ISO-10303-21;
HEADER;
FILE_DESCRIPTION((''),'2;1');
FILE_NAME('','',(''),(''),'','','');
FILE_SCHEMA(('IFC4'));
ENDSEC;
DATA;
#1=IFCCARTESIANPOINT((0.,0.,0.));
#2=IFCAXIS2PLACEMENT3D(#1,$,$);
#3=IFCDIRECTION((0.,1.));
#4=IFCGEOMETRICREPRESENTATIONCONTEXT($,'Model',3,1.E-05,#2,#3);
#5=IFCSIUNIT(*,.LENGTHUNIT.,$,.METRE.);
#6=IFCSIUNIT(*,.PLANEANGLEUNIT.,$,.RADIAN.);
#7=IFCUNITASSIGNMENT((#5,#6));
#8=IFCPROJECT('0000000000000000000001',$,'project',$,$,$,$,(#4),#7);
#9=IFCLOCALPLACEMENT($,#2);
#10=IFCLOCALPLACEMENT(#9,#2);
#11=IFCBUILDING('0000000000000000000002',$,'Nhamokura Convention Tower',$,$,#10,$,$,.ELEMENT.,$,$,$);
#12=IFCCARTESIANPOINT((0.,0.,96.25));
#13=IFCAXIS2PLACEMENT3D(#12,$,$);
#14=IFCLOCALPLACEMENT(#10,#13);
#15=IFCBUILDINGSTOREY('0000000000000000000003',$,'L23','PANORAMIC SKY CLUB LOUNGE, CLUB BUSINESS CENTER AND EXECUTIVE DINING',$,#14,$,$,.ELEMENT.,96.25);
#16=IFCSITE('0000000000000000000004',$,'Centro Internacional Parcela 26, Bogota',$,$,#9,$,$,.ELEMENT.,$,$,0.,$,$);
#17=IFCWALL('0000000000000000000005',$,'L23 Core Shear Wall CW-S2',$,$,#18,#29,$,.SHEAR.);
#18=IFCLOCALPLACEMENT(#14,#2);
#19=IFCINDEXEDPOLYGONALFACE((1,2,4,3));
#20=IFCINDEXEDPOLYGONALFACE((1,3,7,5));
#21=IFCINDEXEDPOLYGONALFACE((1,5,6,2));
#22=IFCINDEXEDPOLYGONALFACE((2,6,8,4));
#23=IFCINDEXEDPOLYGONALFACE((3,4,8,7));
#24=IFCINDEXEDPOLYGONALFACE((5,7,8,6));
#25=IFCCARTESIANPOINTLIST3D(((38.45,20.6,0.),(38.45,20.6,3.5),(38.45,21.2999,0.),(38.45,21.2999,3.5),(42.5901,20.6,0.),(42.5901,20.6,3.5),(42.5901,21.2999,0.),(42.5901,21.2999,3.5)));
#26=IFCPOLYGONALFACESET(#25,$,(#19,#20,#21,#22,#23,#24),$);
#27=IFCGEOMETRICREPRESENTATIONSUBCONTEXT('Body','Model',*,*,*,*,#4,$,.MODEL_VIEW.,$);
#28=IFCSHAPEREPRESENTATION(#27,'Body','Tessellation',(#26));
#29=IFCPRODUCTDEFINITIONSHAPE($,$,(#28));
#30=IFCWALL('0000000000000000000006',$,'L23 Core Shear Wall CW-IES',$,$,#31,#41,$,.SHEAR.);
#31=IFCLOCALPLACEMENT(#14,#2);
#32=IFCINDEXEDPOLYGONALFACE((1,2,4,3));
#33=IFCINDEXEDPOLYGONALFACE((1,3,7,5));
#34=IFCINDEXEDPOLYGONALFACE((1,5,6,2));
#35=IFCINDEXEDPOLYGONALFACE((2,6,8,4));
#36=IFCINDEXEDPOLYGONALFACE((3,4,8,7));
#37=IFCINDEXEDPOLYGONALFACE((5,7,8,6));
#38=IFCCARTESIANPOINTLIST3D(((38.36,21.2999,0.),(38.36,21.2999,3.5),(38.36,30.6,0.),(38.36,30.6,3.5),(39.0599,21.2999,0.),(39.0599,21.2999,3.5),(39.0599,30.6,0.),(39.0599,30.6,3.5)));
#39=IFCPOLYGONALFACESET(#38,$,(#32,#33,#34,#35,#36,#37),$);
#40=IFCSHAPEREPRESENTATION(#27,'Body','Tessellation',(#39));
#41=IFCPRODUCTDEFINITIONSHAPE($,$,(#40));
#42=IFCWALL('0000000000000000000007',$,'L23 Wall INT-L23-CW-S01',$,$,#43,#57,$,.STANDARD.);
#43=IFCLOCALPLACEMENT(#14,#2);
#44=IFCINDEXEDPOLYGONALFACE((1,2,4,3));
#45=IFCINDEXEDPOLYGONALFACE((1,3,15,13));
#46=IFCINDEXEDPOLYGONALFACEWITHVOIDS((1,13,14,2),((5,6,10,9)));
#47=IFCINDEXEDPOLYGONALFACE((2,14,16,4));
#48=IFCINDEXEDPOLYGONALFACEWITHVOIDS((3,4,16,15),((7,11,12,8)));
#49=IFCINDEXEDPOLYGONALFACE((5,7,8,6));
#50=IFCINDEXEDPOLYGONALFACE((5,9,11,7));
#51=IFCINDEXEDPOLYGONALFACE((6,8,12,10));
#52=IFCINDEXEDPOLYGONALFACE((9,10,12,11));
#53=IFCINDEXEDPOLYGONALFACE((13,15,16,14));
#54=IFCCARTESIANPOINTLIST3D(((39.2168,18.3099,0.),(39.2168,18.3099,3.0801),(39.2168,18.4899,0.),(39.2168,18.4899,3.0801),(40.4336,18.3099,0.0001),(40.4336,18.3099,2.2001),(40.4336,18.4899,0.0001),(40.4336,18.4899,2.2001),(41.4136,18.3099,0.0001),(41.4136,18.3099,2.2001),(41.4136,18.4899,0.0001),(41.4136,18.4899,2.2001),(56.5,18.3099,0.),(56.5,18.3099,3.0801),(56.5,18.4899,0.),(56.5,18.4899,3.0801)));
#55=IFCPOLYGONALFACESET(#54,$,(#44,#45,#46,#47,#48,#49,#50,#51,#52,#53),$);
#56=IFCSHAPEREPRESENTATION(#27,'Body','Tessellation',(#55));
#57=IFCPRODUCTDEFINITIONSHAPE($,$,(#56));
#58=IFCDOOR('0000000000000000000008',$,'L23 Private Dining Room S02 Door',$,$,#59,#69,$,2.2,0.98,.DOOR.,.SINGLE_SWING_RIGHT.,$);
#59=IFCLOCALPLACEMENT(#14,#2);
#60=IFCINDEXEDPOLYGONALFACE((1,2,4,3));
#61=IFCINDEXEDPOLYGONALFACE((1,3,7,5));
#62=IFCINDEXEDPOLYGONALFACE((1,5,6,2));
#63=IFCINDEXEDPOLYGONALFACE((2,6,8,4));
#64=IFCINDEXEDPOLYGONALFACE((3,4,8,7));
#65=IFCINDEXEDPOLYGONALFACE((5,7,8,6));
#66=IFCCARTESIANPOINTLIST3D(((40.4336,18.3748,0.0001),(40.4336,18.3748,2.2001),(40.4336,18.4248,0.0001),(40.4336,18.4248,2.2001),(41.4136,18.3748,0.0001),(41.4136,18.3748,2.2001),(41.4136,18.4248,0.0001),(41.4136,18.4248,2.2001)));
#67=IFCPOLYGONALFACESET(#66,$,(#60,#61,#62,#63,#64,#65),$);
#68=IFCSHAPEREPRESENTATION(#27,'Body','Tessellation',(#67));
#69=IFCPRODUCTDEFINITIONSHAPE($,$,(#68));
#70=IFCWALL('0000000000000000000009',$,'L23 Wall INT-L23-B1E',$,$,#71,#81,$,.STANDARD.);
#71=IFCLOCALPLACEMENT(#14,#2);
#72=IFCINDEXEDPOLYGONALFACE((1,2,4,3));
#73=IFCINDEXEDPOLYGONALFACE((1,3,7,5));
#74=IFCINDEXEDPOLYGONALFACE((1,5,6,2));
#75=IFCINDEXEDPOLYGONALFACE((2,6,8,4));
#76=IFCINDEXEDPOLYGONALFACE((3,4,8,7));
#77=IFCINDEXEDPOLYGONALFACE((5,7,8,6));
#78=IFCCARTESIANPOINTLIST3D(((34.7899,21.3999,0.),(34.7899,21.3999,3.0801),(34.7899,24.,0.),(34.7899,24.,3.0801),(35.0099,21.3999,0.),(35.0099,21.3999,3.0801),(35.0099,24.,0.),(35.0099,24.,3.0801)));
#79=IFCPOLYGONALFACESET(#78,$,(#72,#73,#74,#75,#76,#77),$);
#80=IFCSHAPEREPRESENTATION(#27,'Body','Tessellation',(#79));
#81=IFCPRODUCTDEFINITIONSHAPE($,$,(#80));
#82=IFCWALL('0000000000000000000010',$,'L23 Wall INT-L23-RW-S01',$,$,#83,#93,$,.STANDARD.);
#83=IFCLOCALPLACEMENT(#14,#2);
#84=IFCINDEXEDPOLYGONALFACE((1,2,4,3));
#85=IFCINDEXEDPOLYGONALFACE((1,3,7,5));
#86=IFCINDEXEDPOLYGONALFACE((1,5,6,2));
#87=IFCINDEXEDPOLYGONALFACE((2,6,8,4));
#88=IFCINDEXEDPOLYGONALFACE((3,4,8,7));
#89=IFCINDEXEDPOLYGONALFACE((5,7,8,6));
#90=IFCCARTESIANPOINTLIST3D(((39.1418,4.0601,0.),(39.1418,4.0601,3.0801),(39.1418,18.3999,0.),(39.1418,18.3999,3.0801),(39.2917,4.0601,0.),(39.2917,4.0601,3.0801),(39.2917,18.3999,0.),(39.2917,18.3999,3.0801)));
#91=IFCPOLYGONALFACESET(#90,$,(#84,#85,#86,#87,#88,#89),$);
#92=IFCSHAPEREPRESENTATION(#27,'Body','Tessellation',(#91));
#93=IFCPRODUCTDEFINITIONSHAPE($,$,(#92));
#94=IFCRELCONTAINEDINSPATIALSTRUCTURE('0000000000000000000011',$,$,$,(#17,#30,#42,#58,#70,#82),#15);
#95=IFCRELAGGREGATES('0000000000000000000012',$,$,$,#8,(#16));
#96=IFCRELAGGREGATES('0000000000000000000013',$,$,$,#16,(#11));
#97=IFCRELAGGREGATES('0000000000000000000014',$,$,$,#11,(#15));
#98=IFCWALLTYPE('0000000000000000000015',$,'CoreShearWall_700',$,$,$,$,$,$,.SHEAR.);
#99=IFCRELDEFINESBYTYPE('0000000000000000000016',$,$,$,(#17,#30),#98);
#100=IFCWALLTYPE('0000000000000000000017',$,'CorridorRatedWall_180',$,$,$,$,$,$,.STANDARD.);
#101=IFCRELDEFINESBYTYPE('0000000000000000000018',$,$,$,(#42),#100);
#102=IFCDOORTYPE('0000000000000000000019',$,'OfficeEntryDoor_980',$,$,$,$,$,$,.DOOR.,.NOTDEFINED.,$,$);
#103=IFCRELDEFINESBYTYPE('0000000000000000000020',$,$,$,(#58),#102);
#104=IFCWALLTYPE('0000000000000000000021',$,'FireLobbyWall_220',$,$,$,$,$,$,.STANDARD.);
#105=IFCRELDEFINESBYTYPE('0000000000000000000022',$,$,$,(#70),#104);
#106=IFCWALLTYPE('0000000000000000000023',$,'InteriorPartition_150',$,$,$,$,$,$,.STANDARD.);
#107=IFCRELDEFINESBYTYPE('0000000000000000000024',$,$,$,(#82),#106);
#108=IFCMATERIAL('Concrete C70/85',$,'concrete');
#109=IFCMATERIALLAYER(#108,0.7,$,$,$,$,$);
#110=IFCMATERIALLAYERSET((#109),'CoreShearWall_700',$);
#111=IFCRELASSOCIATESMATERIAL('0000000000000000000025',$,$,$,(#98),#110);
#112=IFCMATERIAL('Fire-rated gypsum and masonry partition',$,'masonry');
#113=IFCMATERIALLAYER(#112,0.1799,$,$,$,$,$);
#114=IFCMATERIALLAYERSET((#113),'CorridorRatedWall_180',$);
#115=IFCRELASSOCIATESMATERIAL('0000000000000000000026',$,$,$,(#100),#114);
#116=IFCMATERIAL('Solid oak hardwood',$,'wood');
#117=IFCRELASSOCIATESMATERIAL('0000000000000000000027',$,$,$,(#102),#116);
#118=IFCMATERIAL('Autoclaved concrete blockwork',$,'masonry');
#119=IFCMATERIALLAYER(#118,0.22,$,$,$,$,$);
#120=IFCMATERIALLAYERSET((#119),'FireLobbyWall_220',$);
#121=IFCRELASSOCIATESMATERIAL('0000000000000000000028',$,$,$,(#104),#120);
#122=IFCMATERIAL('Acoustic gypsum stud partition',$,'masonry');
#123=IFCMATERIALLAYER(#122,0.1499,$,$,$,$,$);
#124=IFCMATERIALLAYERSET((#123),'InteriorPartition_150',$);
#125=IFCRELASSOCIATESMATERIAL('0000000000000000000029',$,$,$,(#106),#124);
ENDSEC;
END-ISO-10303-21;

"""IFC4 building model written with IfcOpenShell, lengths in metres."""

from ifc_helpers import new_model, si_unit, direction, frame, frame_2d, origin, place, context, subcontext, project, spatial, rectangle, extrude, material, layer, layer_set, type_object, element, fill, save


model = new_model("IFC4")

# Units and contexts
model_context = context("Model", 3, precision=1e-05, world=origin(), true_north=direction((0.0, 1.0)))
body_context = subcontext(model_context, "Body", "Model", "MODEL_VIEW")
ifc_project = project(units=[si_unit("LENGTHUNIT", "METRE"), si_unit("PLANEANGLEUNIT", "RADIAN")], contexts=[model_context])

# Site, building, storey
site_placement = place(None, origin())
site = spatial("IfcSite", under=ifc_project, at=site_placement, Name="Centro Internacional Parcela 26, Bogota", CompositionType="ELEMENT", RefElevation=0.0)
building_placement = place(site_placement, origin())
building = spatial("IfcBuilding", under=site, at=building_placement, Name="Nhamokura Convention Tower", CompositionType="ELEMENT")
storey_placement = place(building_placement, frame((0.0, 0.0, 96.25)))
storey = spatial("IfcBuildingStorey", under=building, at=storey_placement, Name="L23", Description="PANORAMIC SKY CLUB LOUNGE, CLUB BUSINESS CENTER AND EXECUTIVE DINING", CompositionType="ELEMENT", Elevation=96.25)

# Walls
ifc_material_1 = material(Name="Concrete C70/85", Category="concrete")
ifc_layer_1 = layer(ifc_material_1, 0.7)
ifc_layer_set_1 = layer_set([ifc_layer_1], Name="CoreShearWall_700")
wall_type_1 = type_object("IfcWallType", Name="CoreShearWall_700", PredefinedType="SHEAR", material=ifc_layer_set_1)
wall_1_placement = place(storey_placement, frame((38.45, 20.95, 0.0), z_axis=(0.0, 0.0, 1.0), x_axis=(1.0, 0.0, 0.0)))
element("IfcWall", 1, at=wall_1_placement, inside=storey, type_object=wall_type_1, Name="L23 Core Shear Wall CW-S2", PredefinedType="SHEAR", context=body_context, shape_type="SweptSolid", body=[
    extrude(rectangle(XDim=4.1401, YDim=0.7, at=frame_2d((2.0701, 0.0))), origin(), (0.0, 0.0, 1.0), 3.5),
])
wall_2_placement = place(storey_placement, frame((38.71, 21.3, 0.0), z_axis=(0.0, 0.0, 1.0), x_axis=(0.0, 1.0, 0.0)))
element("IfcWall", 2, at=wall_2_placement, inside=storey, type_object=wall_type_1, Name="L23 Core Shear Wall CW-IES", PredefinedType="SHEAR", context=body_context, shape_type="SweptSolid", body=[
    extrude(rectangle(XDim=9.3, YDim=0.7, at=frame_2d((4.6499, 0.0))), origin(), (0.0, 0.0, 1.0), 3.5),
])

# Wall, opening, door
ifc_material_2 = material(Name="Fire-rated gypsum and masonry partition", Category="masonry")
ifc_layer_2 = layer(ifc_material_2, 0.1799)
ifc_layer_set_2 = layer_set([ifc_layer_2], Name="CorridorRatedWall_180")
wall_type_2 = type_object("IfcWallType", Name="CorridorRatedWall_180", PredefinedType="STANDARD", material=ifc_layer_set_2)
wall_3_placement = place(storey_placement, frame((39.2168, 18.3999, 0.0), z_axis=(0.0, 0.0, 1.0), x_axis=(1.0, 0.0, 0.0)))
wall_3 = element("IfcWall", 3, at=wall_3_placement, inside=storey, type_object=wall_type_2, Name="L23 Wall INT-L23-CW-S01", PredefinedType="STANDARD", context=body_context, shape_type="SweptSolid", body=[
    extrude(rectangle(XDim=17.2832, YDim=0.1799, at=frame_2d((8.6416, 0.0))), origin(), (0.0, 0.0, 1.0), 3.0801),
])
opening_1_placement = place(wall_3_placement, frame((1.2168, 0.0, 0.0)))
opening_1 = element("IfcOpeningElement", 4, at=opening_1_placement, cuts=wall_3, PredefinedType="OPENING", context=body_context, shape_type="SweptSolid", body=[
    extrude(rectangle(XDim=0.98, YDim=2.2, at=frame_2d((0.49, 1.1001))), frame((0.0, 0.0999, 0.0), z_axis=(0.0, -1.0, 0.0), x_axis=(1.0, 0.0, 0.0)), (0.0, 0.0, 1.0), 0.2),
])
ifc_material_3 = material(Name="Solid oak hardwood", Category="wood")
door_type_1 = type_object("IfcDoorType", Name="OfficeEntryDoor_980", OperationType="NOTDEFINED", PredefinedType="DOOR", material=ifc_material_3)
door_1_placement = place(opening_1_placement, origin())
door_1 = element("IfcDoor", 5, at=door_1_placement, inside=storey, type_object=door_type_1, Name="L23 Private Dining Room S02 Door", OperationType="SINGLE_SWING_RIGHT", OverallHeight=2.2, OverallWidth=0.98, PredefinedType="DOOR", context=body_context, shape_type="SweptSolid", body=[
    extrude(rectangle(XDim=0.98, YDim=2.2, at=frame_2d((0.49, 1.1001))), frame((0.0, 0.0249, 0.0), z_axis=(0.0, -1.0, 0.0), x_axis=(1.0, 0.0, 0.0)), (0.0, 0.0, 1.0), 0.05),
])
fill(opening_1, door_1)
ifc_material_4 = material(Name="Autoclaved concrete blockwork", Category="masonry")
ifc_layer_3 = layer(ifc_material_4, 0.22)
ifc_layer_set_3 = layer_set([ifc_layer_3], Name="FireLobbyWall_220")
wall_type_3 = type_object("IfcWallType", Name="FireLobbyWall_220", PredefinedType="STANDARD", material=ifc_layer_set_3)

# Walls
wall_4_placement = place(storey_placement, frame((34.8999, 21.3999, 0.0), z_axis=(0.0, 0.0, 1.0), x_axis=(0.0, 1.0, 0.0)))
element("IfcWall", 6, at=wall_4_placement, inside=storey, type_object=wall_type_3, Name="L23 Wall INT-L23-B1E", PredefinedType="STANDARD", context=body_context, shape_type="SweptSolid", body=[
    extrude(rectangle(XDim=2.6001, YDim=0.22, at=frame_2d((1.3, 0.0))), origin(), (0.0, 0.0, 1.0), 3.0801),
])
ifc_material_5 = material(Name="Acoustic gypsum stud partition", Category="masonry")
ifc_layer_4 = layer(ifc_material_5, 0.1499)
ifc_layer_set_4 = layer_set([ifc_layer_4], Name="InteriorPartition_150")
wall_type_4 = type_object("IfcWallType", Name="InteriorPartition_150", PredefinedType="STANDARD", material=ifc_layer_set_4)
wall_5_placement = place(storey_placement, frame((39.2168, 4.0601, 0.0), z_axis=(0.0, 0.0, 1.0), x_axis=(0.0, 1.0, 0.0)))
element("IfcWall", 7, at=wall_5_placement, inside=storey, type_object=wall_type_4, Name="L23 Wall INT-L23-RW-S01", PredefinedType="STANDARD", context=body_context, shape_type="SweptSolid", body=[
    extrude(rectangle(XDim=14.3398, YDim=0.1499, at=frame_2d((7.1699, 0.0))), origin(), (0.0, 0.0, 1.0), 3.0801),
])

save(model, "model.ifc")
